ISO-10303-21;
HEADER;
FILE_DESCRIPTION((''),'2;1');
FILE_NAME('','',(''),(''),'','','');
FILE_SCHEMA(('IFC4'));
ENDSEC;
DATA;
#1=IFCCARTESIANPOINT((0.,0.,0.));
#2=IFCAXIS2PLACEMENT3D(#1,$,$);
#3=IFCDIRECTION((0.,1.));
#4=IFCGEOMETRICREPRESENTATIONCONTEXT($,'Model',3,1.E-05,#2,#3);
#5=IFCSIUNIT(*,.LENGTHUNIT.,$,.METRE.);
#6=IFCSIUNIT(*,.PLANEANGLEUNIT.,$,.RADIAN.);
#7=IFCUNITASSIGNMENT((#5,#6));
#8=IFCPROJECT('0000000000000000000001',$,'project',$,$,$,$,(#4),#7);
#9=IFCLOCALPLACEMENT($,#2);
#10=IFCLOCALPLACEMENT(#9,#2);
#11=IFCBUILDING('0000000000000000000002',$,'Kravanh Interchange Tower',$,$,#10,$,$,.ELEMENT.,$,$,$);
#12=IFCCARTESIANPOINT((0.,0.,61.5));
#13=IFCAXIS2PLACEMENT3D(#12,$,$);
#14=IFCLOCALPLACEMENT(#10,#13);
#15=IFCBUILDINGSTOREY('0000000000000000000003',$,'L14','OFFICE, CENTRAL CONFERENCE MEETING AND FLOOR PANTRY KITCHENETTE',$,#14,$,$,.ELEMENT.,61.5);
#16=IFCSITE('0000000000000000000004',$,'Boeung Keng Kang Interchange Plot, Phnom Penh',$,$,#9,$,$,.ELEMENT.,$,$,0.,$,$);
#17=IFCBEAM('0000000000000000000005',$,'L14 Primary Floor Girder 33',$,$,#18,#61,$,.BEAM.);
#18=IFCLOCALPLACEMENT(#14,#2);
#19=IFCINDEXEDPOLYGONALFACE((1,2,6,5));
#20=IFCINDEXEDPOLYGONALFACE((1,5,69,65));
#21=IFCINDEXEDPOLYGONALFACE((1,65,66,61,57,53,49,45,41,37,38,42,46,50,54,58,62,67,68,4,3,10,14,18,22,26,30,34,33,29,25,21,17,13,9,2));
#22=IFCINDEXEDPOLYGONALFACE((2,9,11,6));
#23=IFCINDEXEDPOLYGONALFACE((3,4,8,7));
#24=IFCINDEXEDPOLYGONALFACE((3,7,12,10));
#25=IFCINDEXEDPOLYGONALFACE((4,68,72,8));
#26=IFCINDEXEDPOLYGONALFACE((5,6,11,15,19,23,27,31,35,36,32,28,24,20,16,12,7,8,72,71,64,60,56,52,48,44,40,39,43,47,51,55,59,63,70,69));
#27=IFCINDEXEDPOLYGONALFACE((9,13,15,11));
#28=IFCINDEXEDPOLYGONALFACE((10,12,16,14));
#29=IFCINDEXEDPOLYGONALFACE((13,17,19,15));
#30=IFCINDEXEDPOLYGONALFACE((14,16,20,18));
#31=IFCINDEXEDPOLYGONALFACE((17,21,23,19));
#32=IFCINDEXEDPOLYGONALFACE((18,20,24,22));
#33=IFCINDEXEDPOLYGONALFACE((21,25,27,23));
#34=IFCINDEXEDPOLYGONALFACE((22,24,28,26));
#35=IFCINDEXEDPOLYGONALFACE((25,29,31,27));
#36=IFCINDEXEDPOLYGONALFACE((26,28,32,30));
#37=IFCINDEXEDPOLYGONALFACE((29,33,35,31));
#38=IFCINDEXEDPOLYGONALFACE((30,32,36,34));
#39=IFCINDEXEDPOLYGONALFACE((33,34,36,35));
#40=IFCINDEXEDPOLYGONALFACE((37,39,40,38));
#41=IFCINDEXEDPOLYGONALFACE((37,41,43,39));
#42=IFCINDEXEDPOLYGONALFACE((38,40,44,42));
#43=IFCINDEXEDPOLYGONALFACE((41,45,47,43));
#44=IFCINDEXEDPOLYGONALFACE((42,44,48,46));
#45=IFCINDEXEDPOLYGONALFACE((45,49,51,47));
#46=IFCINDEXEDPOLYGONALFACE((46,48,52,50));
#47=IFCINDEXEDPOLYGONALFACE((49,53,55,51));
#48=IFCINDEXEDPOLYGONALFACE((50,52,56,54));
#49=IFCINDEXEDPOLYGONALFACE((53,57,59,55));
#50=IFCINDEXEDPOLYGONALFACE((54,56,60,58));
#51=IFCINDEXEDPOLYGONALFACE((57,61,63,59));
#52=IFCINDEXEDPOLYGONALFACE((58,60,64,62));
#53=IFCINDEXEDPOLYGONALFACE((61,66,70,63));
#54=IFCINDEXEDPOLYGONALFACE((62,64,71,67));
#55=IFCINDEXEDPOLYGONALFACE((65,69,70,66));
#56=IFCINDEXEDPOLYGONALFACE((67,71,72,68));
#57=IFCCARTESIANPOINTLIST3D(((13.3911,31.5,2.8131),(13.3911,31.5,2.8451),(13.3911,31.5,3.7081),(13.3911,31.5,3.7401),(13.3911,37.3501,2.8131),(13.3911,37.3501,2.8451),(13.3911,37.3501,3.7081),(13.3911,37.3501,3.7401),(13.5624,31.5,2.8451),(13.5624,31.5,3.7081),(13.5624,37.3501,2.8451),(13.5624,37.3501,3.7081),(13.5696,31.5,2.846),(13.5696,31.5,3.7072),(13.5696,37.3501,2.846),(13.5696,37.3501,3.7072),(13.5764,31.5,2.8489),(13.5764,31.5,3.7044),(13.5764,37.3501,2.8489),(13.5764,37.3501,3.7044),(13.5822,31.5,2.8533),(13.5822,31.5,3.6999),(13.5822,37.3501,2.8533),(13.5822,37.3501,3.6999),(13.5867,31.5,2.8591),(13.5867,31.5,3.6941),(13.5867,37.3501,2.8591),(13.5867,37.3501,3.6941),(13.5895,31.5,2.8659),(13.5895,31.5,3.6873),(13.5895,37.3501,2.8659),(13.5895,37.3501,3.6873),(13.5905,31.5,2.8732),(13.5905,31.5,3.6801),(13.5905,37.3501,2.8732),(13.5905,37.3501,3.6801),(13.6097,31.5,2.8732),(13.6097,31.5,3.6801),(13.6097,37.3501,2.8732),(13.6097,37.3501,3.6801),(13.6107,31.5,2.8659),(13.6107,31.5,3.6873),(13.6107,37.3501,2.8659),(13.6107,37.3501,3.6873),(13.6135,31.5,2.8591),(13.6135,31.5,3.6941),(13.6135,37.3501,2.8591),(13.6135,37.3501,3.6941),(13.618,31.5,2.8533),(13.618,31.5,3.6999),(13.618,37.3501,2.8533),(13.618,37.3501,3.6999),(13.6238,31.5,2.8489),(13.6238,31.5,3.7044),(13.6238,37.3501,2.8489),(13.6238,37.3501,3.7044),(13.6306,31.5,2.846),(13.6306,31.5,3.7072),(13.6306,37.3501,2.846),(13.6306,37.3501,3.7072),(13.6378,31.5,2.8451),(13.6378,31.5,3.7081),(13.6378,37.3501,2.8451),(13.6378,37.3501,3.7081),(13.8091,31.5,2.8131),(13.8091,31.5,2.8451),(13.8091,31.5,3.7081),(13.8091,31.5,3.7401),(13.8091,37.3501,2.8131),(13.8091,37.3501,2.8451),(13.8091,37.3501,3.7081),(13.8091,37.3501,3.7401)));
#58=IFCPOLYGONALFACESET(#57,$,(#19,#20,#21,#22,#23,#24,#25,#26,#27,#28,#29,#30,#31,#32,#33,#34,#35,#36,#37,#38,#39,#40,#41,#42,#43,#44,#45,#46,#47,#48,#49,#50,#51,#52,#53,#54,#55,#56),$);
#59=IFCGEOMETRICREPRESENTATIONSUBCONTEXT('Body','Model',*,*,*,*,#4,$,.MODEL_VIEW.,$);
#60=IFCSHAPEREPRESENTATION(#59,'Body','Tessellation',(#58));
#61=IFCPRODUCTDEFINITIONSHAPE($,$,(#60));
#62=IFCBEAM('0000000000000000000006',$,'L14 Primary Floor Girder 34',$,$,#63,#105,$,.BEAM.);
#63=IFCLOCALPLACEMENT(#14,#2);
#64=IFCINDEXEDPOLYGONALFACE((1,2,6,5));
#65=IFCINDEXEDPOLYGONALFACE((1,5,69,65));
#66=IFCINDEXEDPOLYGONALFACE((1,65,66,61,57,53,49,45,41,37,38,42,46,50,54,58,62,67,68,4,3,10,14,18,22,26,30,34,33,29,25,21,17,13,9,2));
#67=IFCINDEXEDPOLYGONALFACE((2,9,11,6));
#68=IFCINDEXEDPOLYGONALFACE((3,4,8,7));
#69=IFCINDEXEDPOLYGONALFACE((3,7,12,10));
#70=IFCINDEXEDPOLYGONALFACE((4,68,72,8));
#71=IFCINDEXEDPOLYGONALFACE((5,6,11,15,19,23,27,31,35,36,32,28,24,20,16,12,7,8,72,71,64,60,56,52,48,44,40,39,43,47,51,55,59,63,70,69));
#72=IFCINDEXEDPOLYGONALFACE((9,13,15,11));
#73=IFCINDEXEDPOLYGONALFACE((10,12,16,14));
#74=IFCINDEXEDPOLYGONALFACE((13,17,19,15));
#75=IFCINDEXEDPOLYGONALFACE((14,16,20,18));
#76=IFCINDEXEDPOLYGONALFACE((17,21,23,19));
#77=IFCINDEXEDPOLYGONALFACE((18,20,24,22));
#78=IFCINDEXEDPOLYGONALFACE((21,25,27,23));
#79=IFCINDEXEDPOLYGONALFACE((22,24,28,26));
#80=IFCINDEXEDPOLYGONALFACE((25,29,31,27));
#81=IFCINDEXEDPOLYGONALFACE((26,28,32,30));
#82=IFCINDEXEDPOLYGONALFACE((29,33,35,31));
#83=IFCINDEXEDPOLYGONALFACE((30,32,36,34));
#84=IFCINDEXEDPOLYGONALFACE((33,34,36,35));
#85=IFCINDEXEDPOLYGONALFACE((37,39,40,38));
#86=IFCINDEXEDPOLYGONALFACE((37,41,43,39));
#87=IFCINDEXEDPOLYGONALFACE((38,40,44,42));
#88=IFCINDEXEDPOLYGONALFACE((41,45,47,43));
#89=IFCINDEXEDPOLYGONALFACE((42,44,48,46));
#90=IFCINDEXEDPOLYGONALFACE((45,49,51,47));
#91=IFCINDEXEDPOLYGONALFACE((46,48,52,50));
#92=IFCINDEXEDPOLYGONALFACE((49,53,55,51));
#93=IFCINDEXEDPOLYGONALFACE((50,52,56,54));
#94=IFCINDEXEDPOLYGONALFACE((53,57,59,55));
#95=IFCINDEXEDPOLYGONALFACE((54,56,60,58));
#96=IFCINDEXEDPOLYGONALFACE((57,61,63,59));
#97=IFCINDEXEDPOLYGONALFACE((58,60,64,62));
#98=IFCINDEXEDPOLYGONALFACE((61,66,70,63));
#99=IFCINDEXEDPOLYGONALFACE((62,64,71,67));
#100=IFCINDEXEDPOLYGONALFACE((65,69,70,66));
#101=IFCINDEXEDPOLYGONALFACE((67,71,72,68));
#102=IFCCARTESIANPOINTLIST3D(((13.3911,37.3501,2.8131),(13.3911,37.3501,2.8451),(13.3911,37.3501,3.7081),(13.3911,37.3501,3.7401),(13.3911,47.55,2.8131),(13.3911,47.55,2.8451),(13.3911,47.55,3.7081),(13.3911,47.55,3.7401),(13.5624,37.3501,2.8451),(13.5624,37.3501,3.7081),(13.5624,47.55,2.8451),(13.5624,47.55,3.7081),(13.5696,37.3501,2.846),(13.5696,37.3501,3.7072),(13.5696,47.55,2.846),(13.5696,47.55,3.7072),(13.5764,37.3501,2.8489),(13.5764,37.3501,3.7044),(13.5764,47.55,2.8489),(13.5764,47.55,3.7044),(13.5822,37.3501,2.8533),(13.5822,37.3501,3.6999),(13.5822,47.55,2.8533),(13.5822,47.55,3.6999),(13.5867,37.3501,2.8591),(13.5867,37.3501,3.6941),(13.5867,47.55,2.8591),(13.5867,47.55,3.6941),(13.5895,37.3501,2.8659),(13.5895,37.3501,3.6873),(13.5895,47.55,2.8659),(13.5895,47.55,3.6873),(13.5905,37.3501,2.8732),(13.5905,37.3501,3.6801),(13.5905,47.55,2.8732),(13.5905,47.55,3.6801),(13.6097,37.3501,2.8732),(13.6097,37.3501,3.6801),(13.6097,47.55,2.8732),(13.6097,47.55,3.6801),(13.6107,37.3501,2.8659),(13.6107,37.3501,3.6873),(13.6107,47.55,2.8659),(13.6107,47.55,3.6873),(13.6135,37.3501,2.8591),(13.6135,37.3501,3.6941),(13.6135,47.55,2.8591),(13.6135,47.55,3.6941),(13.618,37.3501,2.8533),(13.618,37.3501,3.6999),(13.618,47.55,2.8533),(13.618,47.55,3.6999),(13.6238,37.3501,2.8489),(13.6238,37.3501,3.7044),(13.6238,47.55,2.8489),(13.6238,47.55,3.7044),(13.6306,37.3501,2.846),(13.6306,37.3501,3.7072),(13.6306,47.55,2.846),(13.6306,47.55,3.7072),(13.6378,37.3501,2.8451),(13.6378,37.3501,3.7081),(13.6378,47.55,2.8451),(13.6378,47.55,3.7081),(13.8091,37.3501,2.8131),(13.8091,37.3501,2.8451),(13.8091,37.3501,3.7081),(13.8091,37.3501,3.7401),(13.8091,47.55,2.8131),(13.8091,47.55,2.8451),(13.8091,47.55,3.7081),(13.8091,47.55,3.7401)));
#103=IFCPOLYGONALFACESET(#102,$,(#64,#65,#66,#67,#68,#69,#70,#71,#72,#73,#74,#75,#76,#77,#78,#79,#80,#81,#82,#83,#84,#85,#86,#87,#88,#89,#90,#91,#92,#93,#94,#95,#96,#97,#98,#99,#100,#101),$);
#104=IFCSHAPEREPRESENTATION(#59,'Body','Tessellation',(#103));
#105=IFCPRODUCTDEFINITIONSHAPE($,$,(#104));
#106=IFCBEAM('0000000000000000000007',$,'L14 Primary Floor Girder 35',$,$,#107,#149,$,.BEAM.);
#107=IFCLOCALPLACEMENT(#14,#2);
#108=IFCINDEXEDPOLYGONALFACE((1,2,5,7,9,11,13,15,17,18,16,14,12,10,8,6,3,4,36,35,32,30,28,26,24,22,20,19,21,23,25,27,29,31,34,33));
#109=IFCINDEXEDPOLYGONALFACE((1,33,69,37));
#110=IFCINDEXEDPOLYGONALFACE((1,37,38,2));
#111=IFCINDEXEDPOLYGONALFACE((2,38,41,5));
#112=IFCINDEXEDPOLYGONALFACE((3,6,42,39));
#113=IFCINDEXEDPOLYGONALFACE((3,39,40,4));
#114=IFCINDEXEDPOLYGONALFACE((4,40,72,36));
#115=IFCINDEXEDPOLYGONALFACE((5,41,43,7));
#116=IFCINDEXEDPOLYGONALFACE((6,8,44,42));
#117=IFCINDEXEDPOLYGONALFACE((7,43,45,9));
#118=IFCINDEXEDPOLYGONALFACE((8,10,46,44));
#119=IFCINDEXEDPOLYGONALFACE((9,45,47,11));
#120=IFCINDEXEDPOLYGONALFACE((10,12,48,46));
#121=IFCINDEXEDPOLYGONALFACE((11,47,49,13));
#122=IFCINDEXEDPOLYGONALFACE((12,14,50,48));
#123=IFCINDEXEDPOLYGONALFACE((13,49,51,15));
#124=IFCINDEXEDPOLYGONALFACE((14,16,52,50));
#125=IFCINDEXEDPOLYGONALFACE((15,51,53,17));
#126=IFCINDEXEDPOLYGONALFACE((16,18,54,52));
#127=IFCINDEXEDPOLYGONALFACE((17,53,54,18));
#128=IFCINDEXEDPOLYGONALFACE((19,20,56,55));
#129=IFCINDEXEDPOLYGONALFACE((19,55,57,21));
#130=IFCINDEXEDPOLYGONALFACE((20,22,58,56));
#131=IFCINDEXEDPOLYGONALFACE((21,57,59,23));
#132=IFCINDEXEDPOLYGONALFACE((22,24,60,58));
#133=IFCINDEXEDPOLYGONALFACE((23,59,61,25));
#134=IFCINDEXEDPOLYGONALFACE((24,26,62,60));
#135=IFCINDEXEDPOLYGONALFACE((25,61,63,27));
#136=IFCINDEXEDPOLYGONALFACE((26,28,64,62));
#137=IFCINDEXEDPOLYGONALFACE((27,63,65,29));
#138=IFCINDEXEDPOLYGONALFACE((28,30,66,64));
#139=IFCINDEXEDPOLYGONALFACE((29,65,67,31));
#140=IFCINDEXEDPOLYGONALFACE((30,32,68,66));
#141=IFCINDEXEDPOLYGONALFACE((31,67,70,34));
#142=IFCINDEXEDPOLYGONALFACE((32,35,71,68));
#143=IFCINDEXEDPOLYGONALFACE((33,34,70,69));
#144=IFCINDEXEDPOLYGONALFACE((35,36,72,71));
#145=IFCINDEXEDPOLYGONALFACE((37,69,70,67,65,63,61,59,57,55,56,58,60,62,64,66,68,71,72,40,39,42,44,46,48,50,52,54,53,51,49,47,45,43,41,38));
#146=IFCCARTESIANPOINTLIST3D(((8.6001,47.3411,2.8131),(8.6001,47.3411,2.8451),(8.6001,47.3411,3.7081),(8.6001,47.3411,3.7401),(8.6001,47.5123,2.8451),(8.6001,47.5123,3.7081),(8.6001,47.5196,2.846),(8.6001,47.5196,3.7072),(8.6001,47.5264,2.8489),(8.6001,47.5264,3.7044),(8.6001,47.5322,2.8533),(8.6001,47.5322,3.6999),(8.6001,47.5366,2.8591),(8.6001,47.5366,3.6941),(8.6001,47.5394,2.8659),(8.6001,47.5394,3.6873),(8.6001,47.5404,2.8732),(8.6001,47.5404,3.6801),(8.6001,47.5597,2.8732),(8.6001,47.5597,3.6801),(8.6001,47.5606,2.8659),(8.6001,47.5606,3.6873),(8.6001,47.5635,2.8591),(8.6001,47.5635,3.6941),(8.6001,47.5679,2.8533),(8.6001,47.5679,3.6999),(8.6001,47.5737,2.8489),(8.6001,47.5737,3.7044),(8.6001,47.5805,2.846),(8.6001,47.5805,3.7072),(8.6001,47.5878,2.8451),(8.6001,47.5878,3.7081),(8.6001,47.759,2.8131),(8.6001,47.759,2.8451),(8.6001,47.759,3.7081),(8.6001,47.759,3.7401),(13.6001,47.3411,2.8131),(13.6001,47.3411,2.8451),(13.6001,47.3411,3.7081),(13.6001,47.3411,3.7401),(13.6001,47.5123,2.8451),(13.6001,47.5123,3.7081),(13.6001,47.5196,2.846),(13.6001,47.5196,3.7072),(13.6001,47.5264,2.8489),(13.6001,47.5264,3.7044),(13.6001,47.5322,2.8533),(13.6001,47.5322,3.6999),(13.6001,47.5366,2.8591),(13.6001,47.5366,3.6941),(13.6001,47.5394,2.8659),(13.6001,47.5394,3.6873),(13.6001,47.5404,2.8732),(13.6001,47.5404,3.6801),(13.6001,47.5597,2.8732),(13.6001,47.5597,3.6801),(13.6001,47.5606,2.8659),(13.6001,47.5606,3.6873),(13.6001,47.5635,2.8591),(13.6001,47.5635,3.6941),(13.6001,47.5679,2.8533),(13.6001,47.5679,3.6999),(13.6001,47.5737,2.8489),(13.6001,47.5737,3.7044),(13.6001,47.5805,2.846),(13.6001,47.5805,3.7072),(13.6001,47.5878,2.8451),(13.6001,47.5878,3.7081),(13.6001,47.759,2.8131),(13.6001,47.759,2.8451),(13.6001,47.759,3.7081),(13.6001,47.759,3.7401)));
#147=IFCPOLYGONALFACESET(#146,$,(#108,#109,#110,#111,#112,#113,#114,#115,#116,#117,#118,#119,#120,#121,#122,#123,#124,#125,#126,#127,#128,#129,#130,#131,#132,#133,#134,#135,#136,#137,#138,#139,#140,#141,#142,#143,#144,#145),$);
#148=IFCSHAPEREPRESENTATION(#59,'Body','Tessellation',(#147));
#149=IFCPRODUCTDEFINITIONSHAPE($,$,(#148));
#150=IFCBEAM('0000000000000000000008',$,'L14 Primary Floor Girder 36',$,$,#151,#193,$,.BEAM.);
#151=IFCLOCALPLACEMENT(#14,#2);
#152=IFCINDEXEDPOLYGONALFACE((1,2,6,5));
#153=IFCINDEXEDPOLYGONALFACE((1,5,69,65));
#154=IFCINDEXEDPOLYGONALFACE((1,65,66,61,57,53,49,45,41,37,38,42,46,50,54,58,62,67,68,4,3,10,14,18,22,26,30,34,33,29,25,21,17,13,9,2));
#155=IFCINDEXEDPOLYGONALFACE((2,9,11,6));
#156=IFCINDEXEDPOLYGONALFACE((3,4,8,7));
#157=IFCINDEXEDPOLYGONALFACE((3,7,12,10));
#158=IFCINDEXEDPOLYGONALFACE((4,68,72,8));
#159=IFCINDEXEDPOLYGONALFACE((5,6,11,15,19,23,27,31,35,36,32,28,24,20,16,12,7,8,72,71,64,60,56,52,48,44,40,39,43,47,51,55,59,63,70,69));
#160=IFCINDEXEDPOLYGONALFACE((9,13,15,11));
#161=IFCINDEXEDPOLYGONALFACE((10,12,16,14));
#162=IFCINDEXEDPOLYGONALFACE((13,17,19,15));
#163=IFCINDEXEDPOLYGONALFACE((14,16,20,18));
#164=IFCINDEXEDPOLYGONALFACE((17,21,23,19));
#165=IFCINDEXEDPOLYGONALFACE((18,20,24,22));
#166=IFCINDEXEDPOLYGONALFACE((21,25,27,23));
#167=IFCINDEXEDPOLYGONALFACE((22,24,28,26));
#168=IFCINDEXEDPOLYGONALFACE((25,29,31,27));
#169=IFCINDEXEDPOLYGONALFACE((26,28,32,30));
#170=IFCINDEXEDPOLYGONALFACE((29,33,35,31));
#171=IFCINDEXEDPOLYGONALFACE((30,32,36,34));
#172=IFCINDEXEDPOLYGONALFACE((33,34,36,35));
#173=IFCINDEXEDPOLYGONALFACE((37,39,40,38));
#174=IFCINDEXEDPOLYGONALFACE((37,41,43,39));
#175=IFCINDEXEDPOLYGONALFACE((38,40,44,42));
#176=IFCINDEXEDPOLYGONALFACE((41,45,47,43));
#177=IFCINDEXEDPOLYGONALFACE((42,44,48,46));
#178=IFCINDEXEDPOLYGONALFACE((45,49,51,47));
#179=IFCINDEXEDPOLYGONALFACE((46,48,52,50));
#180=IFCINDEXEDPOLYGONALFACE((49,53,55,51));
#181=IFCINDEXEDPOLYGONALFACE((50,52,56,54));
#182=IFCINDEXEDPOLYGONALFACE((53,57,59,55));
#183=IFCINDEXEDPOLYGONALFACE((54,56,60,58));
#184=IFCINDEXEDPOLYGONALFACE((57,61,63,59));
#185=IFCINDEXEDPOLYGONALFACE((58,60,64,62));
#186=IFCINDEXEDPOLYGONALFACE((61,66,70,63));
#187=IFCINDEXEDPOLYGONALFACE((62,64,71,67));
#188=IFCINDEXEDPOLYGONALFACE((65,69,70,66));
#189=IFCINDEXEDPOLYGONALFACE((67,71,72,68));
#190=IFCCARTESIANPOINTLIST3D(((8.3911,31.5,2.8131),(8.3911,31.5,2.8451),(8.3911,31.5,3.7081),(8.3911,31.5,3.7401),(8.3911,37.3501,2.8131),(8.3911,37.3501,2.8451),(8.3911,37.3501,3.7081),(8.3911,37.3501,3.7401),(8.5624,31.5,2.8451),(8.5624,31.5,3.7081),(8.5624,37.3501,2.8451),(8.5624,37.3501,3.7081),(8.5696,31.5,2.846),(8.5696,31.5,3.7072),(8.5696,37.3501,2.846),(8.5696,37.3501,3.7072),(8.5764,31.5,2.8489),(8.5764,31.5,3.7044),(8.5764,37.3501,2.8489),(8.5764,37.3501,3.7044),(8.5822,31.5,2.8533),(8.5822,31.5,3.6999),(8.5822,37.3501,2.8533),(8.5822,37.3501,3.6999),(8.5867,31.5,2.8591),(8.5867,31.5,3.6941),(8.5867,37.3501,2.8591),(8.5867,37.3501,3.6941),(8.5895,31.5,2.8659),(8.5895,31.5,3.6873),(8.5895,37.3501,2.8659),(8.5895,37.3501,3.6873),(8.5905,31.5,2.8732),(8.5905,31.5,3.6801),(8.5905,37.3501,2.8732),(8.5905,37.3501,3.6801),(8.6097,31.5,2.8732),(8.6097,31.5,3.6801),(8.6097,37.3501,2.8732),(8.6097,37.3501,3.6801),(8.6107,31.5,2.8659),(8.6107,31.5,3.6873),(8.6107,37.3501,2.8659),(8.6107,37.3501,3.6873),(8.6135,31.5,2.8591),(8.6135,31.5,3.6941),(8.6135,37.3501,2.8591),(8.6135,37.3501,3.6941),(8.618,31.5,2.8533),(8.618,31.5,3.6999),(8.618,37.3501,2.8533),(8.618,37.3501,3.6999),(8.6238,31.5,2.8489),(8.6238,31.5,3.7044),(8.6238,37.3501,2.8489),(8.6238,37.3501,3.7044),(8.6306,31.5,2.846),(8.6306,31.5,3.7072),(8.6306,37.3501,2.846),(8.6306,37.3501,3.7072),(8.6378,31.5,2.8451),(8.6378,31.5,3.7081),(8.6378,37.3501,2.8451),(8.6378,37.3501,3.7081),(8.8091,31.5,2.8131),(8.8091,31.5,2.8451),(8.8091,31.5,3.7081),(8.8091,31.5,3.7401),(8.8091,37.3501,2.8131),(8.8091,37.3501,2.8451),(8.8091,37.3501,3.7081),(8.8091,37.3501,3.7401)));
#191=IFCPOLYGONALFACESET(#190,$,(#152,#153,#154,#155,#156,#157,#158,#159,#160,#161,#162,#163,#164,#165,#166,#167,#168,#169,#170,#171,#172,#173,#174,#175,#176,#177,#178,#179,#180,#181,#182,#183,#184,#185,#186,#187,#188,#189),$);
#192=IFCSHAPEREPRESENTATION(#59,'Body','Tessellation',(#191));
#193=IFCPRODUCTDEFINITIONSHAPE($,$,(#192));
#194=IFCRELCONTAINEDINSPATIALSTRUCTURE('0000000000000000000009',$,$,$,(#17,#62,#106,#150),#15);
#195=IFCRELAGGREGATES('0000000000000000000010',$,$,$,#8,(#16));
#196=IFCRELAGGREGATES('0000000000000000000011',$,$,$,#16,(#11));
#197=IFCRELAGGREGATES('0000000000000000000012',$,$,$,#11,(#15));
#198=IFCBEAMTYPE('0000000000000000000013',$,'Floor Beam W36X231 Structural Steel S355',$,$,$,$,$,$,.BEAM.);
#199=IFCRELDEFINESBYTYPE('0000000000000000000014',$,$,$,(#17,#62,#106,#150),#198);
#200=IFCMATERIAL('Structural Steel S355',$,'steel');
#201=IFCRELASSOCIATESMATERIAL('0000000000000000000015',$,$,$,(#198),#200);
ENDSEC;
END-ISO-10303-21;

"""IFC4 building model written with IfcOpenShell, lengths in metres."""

from ifc_helpers import new_model, si_unit, direction, frame, origin, origin_2d, place, context, subcontext, project, spatial, i_section, extrude, material, material_profile, profile_set, type_object, element, save


model = new_model("IFC4")

# Units and contexts
model_context = context("Model", 3, precision=1e-05, world=origin(), true_north=direction((0.0, 1.0)))
body_context = subcontext(model_context, "Body", "Model", "MODEL_VIEW")
ifc_project = project(units=[si_unit("LENGTHUNIT", "METRE"), si_unit("PLANEANGLEUNIT", "RADIAN")], contexts=[model_context])

# Site, building, storey
site_placement = place(None, origin())
site = spatial("IfcSite", under=ifc_project, at=site_placement, Name="Boeung Keng Kang Interchange Plot, Phnom Penh", CompositionType="ELEMENT", RefElevation=0.0)
building_placement = place(site_placement, origin())
building = spatial("IfcBuilding", under=site, at=building_placement, Name="Kravanh Interchange Tower", CompositionType="ELEMENT")
storey_placement = place(building_placement, frame((0.0, 0.0, 61.5)))
storey = spatial("IfcBuildingStorey", under=building, at=storey_placement, Name="L14", Description="OFFICE, CENTRAL CONFERENCE MEETING AND FLOOR PANTRY KITCHENETTE", CompositionType="ELEMENT", Elevation=61.5)

# Beams
ifc_material_1 = material(Name="Structural Steel S355", Category="steel")
ifc_material_profile_1 = material_profile(ifc_material_1, i_section(OverallWidth=0.418, OverallDepth=0.927, WebThickness=0.0193, FlangeThickness=0.032, FilletRadius=0.0281, at=origin_2d()), Name="W36X231")
ifc_profile_set_1 = profile_set([ifc_material_profile_1], Name="Structural Steel S355")
beam_type = type_object("IfcBeamType", Name="Floor Beam W36X231 Structural Steel S355", PredefinedType="BEAM", material=ifc_profile_set_1)
beam_1_placement = place(storey_placement, frame((13.6001, 37.3501, 3.2766), z_axis=(0.0, -1.0, 0.0), x_axis=(1.0, 0.0, 0.0)))
element("IfcBeam", 1, at=beam_1_placement, inside=storey, type_object=beam_type, Name="L14 Primary Floor Girder 33", PredefinedType="BEAM", context=body_context, shape_type="SweptSolid", body=[
    extrude(i_section(OverallWidth=0.418, OverallDepth=0.927, WebThickness=0.0193, FlangeThickness=0.032, FilletRadius=0.0281, at=origin_2d()), origin(), (0.0, 0.0, 1.0), 5.8501),
])
beam_2_placement = place(storey_placement, frame((13.6001, 37.3501, 3.2766), z_axis=(0.0, 1.0, 0.0), x_axis=(-1.0, 0.0, 0.0)))
element("IfcBeam", 2, at=beam_2_placement, inside=storey, type_object=beam_type, Name="L14 Primary Floor Girder 34", PredefinedType="BEAM", context=body_context, shape_type="SweptSolid", body=[
    extrude(i_section(OverallWidth=0.418, OverallDepth=0.927, WebThickness=0.0193, FlangeThickness=0.032, FilletRadius=0.0281, at=origin_2d()), origin(), (0.0, 0.0, 1.0), 10.2),
])
beam_3_placement = place(storey_placement, frame((13.6001, 47.55, 3.2766), z_axis=(-1.0, 0.0, 0.0), x_axis=(0.0, -1.0, 0.0)))
element("IfcBeam", 3, at=beam_3_placement, inside=storey, type_object=beam_type, Name="L14 Primary Floor Girder 35", PredefinedType="BEAM", context=body_context, shape_type="SweptSolid", body=[
    extrude(i_section(OverallWidth=0.418, OverallDepth=0.927, WebThickness=0.0193, FlangeThickness=0.032, FilletRadius=0.0281, at=origin_2d()), origin(), (0.0, 0.0, 1.0), 5.0),
])
beam_4_placement = place(storey_placement, frame((8.6001, 37.3501, 3.2766), z_axis=(0.0, -1.0, 0.0), x_axis=(1.0, 0.0, 0.0)))
element("IfcBeam", 4, at=beam_4_placement, inside=storey, type_object=beam_type, Name="L14 Primary Floor Girder 36", PredefinedType="BEAM", context=body_context, shape_type="SweptSolid", body=[
    extrude(i_section(OverallWidth=0.418, OverallDepth=0.927, WebThickness=0.0193, FlangeThickness=0.032, FilletRadius=0.0281, at=origin_2d()), origin(), (0.0, 0.0, 1.0), 5.8501),
])

save(model, "model.ifc")
